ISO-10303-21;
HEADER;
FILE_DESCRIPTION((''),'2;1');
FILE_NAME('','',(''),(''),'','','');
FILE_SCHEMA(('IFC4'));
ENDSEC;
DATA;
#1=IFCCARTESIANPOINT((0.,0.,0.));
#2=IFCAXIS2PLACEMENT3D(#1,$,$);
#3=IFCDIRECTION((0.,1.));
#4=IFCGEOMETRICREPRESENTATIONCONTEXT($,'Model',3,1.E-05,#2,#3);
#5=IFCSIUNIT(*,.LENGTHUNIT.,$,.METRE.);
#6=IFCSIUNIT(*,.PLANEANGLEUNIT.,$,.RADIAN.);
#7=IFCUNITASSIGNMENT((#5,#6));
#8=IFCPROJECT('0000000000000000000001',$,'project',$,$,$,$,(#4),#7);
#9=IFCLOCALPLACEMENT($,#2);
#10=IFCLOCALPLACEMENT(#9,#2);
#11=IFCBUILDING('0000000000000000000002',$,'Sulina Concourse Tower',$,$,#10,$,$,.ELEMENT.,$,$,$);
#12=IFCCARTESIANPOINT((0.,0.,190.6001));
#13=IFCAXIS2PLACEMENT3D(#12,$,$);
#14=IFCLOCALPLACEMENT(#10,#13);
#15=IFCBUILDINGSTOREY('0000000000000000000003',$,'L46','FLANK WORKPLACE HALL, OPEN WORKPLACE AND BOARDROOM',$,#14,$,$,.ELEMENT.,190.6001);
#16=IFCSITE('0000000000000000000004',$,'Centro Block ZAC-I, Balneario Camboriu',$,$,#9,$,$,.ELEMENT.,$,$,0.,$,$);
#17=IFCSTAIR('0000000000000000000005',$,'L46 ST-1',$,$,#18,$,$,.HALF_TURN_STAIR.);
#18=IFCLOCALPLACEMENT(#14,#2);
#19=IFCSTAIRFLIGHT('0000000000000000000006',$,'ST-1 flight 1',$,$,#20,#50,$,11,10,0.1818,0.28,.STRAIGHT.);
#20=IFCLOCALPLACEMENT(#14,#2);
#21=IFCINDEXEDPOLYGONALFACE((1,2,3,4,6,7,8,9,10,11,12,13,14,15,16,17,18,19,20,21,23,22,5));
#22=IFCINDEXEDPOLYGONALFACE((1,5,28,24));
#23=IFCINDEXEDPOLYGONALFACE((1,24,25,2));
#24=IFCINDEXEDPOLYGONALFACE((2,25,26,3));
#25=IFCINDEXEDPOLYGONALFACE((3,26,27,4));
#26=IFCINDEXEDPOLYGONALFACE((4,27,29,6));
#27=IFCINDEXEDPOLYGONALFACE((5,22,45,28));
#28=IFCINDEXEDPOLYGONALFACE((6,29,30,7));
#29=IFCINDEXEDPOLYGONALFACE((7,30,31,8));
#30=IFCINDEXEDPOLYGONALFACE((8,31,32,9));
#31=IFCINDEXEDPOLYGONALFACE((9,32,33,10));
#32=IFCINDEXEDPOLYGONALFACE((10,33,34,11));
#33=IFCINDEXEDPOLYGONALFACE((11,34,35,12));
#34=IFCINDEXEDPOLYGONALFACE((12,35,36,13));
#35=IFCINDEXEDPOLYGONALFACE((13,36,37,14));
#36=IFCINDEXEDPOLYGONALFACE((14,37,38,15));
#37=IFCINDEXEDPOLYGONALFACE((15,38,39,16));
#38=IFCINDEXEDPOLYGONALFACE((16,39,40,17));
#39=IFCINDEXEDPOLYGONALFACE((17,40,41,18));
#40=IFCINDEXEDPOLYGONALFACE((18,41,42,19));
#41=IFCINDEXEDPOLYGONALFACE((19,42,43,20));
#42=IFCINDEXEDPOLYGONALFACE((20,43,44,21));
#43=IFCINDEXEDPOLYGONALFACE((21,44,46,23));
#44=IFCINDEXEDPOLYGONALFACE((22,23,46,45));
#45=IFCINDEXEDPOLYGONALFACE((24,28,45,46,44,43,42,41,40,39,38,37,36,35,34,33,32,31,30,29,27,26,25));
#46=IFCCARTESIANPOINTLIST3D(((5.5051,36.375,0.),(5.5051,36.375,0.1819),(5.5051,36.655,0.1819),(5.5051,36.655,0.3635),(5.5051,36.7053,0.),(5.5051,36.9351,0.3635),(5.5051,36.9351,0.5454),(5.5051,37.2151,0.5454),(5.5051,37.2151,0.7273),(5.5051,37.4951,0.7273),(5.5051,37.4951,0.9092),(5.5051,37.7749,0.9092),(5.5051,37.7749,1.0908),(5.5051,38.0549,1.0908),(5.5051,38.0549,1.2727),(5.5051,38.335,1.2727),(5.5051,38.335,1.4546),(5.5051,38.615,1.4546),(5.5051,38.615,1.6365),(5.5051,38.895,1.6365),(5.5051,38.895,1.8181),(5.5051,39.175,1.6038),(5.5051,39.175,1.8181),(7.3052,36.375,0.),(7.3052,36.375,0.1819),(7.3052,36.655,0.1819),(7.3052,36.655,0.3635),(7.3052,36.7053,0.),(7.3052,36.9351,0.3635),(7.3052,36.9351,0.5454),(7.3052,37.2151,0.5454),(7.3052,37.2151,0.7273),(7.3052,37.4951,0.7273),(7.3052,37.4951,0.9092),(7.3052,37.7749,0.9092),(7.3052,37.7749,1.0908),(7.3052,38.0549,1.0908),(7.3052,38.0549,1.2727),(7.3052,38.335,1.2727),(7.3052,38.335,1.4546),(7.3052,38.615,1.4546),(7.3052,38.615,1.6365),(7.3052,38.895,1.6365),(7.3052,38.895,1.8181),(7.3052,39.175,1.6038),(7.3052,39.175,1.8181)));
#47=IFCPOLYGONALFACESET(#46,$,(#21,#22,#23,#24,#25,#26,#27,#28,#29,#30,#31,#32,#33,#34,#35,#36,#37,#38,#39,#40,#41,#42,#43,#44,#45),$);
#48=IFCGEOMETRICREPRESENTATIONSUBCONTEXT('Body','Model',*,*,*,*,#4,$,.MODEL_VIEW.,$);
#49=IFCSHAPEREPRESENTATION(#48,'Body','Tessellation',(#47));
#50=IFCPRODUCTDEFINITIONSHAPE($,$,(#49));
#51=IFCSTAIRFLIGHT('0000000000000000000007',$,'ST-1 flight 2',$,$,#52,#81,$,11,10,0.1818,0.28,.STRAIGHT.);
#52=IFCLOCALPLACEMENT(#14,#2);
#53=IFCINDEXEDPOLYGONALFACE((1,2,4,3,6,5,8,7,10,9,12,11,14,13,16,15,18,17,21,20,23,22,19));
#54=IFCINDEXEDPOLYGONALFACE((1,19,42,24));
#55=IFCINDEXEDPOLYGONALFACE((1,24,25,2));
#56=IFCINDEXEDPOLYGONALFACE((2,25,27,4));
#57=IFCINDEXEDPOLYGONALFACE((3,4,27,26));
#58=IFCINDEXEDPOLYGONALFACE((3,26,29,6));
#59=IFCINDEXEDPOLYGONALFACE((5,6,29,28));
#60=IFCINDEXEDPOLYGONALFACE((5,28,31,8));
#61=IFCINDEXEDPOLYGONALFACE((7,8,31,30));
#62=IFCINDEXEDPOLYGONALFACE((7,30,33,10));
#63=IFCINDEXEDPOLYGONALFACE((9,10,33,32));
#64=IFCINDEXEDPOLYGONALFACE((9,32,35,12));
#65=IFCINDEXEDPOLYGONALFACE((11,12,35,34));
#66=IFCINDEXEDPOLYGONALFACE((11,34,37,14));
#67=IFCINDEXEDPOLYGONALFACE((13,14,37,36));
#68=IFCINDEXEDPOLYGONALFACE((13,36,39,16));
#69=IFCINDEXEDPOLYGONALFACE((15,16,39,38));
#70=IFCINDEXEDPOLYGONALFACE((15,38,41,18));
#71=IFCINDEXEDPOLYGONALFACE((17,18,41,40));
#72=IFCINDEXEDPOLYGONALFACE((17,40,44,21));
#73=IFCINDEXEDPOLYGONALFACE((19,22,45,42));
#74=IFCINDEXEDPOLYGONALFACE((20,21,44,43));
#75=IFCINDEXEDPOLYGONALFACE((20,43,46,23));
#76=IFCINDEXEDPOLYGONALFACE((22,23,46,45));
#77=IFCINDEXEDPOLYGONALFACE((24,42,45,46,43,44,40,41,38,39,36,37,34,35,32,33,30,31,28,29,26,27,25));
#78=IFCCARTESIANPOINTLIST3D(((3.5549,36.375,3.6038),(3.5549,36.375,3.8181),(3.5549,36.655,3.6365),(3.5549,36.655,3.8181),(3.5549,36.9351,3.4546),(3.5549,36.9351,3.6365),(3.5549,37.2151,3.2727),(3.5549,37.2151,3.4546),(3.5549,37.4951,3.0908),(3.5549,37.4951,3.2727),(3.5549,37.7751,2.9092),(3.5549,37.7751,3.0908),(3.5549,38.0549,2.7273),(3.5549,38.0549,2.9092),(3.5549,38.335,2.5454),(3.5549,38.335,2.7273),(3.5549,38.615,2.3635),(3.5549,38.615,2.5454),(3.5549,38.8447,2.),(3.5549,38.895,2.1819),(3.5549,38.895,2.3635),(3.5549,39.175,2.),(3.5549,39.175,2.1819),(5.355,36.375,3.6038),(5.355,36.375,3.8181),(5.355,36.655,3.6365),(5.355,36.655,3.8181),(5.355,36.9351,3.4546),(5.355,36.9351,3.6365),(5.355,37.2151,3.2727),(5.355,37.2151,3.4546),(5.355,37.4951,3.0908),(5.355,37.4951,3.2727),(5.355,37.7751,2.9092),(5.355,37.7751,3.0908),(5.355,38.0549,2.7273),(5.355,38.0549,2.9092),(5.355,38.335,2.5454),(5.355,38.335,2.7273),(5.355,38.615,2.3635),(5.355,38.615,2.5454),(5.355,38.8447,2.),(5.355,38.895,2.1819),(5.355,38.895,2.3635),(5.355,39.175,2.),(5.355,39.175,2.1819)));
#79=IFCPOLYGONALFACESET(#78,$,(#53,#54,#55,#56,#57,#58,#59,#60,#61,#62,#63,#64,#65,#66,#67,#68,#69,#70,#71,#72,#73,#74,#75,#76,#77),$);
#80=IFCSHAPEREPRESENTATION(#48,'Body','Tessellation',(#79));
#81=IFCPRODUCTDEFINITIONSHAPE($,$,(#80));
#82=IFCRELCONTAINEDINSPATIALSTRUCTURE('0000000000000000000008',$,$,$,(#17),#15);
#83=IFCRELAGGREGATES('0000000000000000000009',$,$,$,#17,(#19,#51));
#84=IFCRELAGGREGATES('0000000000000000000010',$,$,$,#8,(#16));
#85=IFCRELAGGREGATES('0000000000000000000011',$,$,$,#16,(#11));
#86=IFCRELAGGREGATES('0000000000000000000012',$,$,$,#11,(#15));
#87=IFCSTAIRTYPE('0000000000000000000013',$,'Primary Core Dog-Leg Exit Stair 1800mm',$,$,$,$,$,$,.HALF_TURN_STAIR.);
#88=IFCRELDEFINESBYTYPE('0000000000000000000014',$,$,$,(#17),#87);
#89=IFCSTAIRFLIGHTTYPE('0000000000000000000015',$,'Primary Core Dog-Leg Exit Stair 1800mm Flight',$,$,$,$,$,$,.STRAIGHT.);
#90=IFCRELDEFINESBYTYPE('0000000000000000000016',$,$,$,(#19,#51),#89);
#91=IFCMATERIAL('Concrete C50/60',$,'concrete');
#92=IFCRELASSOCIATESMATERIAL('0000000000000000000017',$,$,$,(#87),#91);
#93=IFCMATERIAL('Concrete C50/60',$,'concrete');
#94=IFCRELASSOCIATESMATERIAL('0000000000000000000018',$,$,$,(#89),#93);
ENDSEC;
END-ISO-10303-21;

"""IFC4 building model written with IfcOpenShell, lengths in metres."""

from ifc_helpers import new_model, si_unit, direction, frame, origin, place, context, subcontext, project, spatial, polyline, outline, extrude, material, type_object, element, aggregate, save


model = new_model("IFC4")

# Units and contexts
model_context = context("Model", 3, precision=1e-05, world=origin(), true_north=direction((0.0, 1.0)))
body_context = subcontext(model_context, "Body", "Model", "MODEL_VIEW")
ifc_project = project(units=[si_unit("LENGTHUNIT", "METRE"), si_unit("PLANEANGLEUNIT", "RADIAN")], contexts=[model_context])

# Site, building, storey
site_placement = place(None, origin())
site = spatial("IfcSite", under=ifc_project, at=site_placement, Name="Centro Block ZAC-I, Balneario Camboriu", CompositionType="ELEMENT", RefElevation=0.0)
building_placement = place(site_placement, origin())
building = spatial("IfcBuilding", under=site, at=building_placement, Name="Sulina Concourse Tower", CompositionType="ELEMENT")
storey_placement = place(building_placement, frame((0.0, 0.0, 190.6001)))
storey = spatial("IfcBuildingStorey", under=building, at=storey_placement, Name="L46", Description="FLANK WORKPLACE HALL, OPEN WORKPLACE AND BOARDROOM", CompositionType="ELEMENT", Elevation=190.6001)

# Stair, stair flights
ifc_material_1 = material(Name="Concrete C50/60", Category="concrete")
stair_type = type_object("IfcStairType", Name="Primary Core Dog-Leg Exit Stair 1800mm", PredefinedType="HALF_TURN_STAIR", material=ifc_material_1)
stair_placement = place(storey_placement, origin())
stair = element("IfcStair", 1, at=stair_placement, inside=storey, type_object=stair_type, Name="L46 ST-1", PredefinedType="HALF_TURN_STAIR")
ifc_material_2 = material(Name="Concrete C50/60", Category="concrete")
stair_flight_type = type_object("IfcStairFlightType", Name="Primary Core Dog-Leg Exit Stair 1800mm Flight", PredefinedType="STRAIGHT", material=ifc_material_2)
stair_flight_1_placement = place(storey_placement, frame((6.405, 36.375, 0.0), z_axis=(0.0, 0.0, 1.0), x_axis=(0.0, 1.0, 0.0)))
stair_flight_1 = element("IfcStairFlight", 2, at=stair_flight_1_placement, type_object=stair_flight_type, Name="ST-1 flight 1", NumberOfRisers=11, NumberOfTreads=10, PredefinedType="STRAIGHT", RiserHeight=0.1818, TreadLength=0.28, context=body_context, shape_type="SweptSolid", body=[
    extrude(outline(polyline([(0.0, 0.0), (0.0, 0.1819), (0.28, 0.1819), (0.28, 0.3635), (0.5601, 0.3635), (0.5601, 0.5454), (0.8401, 0.5454), (0.8401, 0.7273), (1.1201, 0.7273), (1.1201, 0.9092), (1.3999, 0.9092), (1.3999, 1.0908), (1.6799, 1.0908), (1.6799, 1.2727), (1.96, 1.2727), (1.96, 1.4546), (2.24, 1.4546), (2.24, 1.6365), (2.52, 1.6365), (2.52, 1.8181), (2.8, 1.8181), (2.8, 2.0), (2.8, 1.6038), (0.3303, 0.0), (0.0, 0.0)])), frame((0.0, 0.8999, 0.0), z_axis=(0.0, -1.0, 0.0), x_axis=(1.0, 0.0, 0.0)), (0.0, 0.0, 1.0), 1.8),
])
stair_flight_2_placement = place(storey_placement, frame((4.4551, 39.175, 2.0), z_axis=(0.0, 0.0, 1.0), x_axis=(0.0, -1.0, 0.0)))
stair_flight_2 = element("IfcStairFlight", 3, at=stair_flight_2_placement, type_object=stair_flight_type, Name="ST-1 flight 2", NumberOfRisers=11, NumberOfTreads=10, PredefinedType="STRAIGHT", RiserHeight=0.1818, TreadLength=0.28, context=body_context, shape_type="SweptSolid", body=[
    extrude(outline(polyline([(0.0, 0.0), (0.0, 0.1819), (0.28, 0.1819), (0.28, 0.3635), (0.5601, 0.3635), (0.5601, 0.5454), (0.8401, 0.5454), (0.8401, 0.7273), (1.1201, 0.7273), (1.1201, 0.9092), (1.3999, 0.9092), (1.3999, 1.0908), (1.6799, 1.0908), (1.6799, 1.2727), (1.96, 1.2727), (1.96, 1.4546), (2.24, 1.4546), (2.24, 1.6365), (2.52, 1.6365), (2.52, 1.8181), (2.8, 1.8181), (2.8, 2.0), (2.8, 1.6038), (0.3303, 0.0), (0.0, 0.0)])), frame((0.0, 0.8999, 0.0), z_axis=(0.0, -1.0, 0.0), x_axis=(1.0, 0.0, 0.0)), (0.0, 0.0, 1.0), 1.8),
])
aggregate(stair, [stair_flight_1, stair_flight_2])

save(model, "model.ifc")
